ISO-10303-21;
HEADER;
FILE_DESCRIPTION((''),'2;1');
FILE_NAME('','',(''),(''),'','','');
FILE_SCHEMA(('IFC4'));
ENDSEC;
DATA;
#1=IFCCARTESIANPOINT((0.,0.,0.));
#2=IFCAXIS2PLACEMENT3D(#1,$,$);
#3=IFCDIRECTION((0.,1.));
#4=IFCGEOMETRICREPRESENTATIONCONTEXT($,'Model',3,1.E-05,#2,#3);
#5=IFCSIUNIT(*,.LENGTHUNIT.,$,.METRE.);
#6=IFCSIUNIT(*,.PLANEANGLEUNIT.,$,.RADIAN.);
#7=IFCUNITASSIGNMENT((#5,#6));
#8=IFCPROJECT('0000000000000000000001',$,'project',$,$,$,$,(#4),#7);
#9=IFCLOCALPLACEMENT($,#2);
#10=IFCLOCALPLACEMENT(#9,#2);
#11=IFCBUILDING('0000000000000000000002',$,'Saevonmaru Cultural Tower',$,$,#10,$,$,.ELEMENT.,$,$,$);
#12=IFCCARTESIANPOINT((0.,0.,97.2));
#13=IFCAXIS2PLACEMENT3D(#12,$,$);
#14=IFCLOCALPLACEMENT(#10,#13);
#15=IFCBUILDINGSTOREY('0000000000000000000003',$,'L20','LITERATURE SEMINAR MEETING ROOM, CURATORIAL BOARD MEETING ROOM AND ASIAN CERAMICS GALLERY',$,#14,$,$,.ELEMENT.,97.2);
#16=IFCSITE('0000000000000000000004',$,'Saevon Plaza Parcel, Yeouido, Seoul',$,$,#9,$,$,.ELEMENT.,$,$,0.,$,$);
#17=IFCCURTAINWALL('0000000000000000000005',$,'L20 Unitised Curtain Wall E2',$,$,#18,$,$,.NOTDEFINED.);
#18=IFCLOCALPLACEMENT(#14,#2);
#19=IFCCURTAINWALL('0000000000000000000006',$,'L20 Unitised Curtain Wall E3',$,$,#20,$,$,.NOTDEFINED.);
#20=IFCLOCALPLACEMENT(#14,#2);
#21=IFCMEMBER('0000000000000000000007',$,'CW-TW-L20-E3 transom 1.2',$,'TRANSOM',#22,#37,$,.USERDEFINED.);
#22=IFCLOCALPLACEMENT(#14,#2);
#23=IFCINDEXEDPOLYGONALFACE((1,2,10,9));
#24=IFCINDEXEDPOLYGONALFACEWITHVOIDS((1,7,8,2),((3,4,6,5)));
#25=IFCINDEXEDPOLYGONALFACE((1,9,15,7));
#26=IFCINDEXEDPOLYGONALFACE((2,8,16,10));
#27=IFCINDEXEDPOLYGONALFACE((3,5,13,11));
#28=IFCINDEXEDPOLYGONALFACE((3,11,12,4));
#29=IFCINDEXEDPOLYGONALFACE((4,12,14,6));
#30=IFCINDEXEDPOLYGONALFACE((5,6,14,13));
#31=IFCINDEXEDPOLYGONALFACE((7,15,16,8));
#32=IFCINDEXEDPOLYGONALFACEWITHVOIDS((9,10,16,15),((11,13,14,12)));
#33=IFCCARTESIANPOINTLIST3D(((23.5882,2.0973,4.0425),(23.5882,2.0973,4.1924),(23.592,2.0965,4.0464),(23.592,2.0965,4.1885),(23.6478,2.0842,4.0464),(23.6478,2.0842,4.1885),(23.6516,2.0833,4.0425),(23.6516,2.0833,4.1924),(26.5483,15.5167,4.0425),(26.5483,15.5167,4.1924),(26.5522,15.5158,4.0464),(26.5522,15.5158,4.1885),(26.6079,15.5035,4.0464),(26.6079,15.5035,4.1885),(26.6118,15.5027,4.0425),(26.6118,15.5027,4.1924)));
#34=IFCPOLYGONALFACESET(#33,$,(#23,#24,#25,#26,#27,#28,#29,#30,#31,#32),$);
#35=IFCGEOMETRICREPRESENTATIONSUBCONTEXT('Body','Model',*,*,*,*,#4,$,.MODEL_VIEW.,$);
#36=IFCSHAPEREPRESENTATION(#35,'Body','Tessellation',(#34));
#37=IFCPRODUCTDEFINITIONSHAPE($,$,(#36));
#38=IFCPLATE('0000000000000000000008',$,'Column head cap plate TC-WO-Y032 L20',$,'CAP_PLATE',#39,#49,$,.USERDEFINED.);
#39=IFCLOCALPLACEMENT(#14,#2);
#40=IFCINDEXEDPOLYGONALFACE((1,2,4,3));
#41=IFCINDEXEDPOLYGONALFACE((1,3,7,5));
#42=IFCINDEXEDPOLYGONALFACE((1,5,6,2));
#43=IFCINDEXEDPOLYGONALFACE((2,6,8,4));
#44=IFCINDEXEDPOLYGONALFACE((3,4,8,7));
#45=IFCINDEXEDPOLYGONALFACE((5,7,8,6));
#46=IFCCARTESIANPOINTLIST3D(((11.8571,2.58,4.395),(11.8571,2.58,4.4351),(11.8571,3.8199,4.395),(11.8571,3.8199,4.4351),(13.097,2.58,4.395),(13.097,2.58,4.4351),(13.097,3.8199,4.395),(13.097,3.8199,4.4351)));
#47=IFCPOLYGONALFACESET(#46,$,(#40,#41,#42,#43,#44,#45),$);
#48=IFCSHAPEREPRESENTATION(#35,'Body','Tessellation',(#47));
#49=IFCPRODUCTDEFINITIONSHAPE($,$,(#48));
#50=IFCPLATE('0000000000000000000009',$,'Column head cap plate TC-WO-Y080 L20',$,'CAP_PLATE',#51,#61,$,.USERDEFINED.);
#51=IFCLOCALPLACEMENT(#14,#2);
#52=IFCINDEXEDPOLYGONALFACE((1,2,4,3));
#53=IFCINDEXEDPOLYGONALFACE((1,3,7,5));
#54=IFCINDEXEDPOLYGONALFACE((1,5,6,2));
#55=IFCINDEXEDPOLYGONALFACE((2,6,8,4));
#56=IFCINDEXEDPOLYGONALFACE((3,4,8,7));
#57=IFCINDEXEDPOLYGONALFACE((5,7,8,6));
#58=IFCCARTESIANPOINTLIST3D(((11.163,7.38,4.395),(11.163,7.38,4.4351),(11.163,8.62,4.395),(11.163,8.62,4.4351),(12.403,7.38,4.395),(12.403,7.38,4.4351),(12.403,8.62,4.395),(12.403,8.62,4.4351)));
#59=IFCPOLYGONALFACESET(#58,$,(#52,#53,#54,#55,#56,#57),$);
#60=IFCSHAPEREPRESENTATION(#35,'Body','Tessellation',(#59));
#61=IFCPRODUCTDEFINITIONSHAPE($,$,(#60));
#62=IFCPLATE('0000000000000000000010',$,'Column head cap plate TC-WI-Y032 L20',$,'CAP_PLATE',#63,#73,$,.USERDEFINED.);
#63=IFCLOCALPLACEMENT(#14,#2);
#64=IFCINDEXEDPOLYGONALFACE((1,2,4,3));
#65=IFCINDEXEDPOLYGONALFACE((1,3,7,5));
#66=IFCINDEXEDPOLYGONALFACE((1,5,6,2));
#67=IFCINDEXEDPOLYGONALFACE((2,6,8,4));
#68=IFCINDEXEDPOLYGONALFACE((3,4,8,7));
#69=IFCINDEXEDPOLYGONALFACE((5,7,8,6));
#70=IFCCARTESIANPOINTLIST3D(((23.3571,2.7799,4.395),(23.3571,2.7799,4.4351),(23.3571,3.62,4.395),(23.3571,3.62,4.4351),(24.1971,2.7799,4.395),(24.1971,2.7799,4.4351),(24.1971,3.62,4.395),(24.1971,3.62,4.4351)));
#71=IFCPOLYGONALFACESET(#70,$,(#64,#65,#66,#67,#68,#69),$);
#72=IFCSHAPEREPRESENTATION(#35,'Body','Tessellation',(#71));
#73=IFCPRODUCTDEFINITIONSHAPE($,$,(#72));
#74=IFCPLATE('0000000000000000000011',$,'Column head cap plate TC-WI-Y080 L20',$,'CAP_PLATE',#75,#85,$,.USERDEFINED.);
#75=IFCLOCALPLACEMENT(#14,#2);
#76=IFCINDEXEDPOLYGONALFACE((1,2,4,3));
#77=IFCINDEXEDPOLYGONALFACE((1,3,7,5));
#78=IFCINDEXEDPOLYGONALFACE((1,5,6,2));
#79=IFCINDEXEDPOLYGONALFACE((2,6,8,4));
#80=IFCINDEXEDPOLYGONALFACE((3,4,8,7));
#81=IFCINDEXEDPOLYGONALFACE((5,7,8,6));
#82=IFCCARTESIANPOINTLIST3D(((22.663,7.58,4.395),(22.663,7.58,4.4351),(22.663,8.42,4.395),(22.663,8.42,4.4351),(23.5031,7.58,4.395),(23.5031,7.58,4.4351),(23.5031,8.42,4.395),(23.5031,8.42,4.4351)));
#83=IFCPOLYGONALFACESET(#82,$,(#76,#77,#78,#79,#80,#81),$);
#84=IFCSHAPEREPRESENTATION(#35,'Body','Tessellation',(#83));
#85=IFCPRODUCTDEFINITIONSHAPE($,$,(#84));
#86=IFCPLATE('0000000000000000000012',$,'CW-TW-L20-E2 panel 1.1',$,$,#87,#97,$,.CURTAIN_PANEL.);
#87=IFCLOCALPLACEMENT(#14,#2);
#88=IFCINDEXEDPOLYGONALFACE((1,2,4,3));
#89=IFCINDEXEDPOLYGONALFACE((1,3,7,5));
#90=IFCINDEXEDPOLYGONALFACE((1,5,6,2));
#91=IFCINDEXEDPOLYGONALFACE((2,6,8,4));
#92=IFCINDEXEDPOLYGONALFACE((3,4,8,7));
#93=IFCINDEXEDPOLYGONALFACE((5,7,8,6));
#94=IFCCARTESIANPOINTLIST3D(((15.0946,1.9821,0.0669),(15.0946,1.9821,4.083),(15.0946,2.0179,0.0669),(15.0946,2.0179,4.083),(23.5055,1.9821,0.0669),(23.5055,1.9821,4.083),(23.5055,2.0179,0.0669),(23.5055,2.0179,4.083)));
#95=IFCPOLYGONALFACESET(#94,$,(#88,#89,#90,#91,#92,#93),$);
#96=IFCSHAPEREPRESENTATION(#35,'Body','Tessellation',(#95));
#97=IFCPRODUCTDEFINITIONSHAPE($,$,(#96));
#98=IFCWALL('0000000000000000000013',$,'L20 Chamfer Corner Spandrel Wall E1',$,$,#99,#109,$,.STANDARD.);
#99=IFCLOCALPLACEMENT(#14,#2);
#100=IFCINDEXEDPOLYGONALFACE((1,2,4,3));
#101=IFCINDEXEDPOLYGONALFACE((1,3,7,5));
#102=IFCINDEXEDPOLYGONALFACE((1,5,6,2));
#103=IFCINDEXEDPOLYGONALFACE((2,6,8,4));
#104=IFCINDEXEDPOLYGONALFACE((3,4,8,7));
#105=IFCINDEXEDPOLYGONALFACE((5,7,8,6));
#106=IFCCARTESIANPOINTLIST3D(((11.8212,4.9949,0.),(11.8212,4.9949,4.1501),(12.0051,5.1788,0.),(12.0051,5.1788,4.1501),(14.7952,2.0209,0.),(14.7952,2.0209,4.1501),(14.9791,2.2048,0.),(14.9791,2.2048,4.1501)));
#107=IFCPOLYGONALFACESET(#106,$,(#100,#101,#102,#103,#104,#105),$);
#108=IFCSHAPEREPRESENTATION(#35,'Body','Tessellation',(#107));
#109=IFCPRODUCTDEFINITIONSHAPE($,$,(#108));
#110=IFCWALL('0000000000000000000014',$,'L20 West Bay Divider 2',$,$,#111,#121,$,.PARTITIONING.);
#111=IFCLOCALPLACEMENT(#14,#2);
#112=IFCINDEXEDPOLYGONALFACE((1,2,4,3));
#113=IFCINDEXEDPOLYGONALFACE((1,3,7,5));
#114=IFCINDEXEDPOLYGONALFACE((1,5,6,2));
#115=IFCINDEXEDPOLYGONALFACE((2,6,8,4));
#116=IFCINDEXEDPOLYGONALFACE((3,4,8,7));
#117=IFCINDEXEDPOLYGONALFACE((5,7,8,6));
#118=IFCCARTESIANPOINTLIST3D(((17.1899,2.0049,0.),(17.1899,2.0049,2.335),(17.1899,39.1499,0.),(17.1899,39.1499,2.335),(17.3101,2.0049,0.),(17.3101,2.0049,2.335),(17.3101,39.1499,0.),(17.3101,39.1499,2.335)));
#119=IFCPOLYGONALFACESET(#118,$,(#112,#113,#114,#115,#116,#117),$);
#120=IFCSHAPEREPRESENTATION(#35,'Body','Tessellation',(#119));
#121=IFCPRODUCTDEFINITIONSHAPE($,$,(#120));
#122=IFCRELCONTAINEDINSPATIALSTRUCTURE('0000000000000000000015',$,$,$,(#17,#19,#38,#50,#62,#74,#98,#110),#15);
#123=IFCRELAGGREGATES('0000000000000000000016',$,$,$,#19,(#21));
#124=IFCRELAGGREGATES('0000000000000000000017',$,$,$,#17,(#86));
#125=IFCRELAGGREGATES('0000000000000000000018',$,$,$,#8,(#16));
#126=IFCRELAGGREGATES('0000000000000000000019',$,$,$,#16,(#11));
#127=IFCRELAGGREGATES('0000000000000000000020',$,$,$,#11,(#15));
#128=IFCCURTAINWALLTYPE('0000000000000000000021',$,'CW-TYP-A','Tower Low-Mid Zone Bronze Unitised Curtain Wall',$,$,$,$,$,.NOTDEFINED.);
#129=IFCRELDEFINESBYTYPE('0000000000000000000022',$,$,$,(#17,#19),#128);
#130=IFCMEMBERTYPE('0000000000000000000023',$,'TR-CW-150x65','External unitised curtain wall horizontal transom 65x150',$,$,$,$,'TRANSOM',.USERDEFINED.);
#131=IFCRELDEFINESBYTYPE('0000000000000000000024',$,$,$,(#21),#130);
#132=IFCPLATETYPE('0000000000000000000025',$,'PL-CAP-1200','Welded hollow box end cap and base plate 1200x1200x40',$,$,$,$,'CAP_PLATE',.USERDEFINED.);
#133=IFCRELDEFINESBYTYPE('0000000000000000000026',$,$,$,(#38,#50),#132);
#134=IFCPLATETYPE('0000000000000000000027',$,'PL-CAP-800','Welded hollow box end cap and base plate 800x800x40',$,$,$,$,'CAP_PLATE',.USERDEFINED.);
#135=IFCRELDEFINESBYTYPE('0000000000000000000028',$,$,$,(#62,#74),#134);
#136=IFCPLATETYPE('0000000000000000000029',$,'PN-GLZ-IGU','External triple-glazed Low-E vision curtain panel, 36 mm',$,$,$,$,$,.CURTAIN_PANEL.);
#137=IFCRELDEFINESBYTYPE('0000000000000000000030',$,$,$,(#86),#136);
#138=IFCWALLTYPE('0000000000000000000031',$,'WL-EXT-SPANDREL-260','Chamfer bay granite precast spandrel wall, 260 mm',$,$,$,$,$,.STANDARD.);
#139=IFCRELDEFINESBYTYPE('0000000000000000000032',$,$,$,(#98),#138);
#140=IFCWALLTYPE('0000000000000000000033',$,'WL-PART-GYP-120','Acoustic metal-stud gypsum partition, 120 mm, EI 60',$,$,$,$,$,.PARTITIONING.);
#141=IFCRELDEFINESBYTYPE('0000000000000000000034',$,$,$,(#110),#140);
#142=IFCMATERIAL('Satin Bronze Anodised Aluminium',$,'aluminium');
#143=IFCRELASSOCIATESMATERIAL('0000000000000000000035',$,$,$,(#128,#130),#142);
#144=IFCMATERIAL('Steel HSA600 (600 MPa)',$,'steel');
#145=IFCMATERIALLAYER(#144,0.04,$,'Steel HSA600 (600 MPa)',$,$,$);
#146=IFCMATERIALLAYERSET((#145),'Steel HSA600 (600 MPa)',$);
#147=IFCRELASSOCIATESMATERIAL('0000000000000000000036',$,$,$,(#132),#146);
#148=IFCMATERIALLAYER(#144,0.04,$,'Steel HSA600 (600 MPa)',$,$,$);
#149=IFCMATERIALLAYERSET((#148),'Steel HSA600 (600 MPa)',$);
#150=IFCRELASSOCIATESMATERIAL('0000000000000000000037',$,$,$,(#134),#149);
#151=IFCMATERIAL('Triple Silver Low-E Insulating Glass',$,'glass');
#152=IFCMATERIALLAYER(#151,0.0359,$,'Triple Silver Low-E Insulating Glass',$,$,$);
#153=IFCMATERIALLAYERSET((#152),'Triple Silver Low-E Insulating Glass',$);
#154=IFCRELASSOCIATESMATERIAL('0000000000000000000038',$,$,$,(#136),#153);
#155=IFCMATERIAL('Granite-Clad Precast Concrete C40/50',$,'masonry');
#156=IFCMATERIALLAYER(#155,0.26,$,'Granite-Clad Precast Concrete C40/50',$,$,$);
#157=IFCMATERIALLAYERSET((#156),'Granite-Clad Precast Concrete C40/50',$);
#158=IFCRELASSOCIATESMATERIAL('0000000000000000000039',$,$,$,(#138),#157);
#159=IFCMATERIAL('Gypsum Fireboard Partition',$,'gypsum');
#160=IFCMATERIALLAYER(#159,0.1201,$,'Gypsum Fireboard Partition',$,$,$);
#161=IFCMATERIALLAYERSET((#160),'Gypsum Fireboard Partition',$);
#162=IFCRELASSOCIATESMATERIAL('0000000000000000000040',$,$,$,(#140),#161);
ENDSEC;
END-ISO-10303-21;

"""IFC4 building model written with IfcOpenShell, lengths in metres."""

from ifc_helpers import new_model, si_unit, direction, frame, frame_2d, origin, origin_2d, place, context, subcontext, project, spatial, rectangle, hollow_rectangle, extrude, material, layer, layer_set, material_profile, profile_set, type_object, element, aggregate, save


model = new_model("IFC4")

# Units and contexts
model_context = context("Model", 3, precision=1e-05, world=origin(), true_north=direction((0.0, 1.0)))
body_context = subcontext(model_context, "Body", "Model", "MODEL_VIEW")
ifc_project = project(units=[si_unit("LENGTHUNIT", "METRE"), si_unit("PLANEANGLEUNIT", "RADIAN")], contexts=[model_context])

# Site, building, storey
site_placement = place(None, origin())
site = spatial("IfcSite", under=ifc_project, at=site_placement, Name="Saevon Plaza Parcel, Yeouido, Seoul", CompositionType="ELEMENT", RefElevation=0.0)
building_placement = place(site_placement, origin())
building = spatial("IfcBuilding", under=site, at=building_placement, Name="Saevonmaru Cultural Tower", CompositionType="ELEMENT")
storey_placement = place(building_placement, frame((0.0, 0.0, 97.2)))
storey = spatial("IfcBuildingStorey", under=building, at=storey_placement, Name="L20", Description="LITERATURE SEMINAR MEETING ROOM, CURATORIAL BOARD MEETING ROOM AND ASIAN CERAMICS GALLERY", CompositionType="ELEMENT", Elevation=97.2)

# Shared definitions
ifc_material_1 = material(Name="Steel HSA600 (600 MPa)", Category="steel")

# Curtain wall
ifc_material_2 = material(Name="Satin Bronze Anodised Aluminium", Category="aluminium")
curtain_wall_type = type_object("IfcCurtainWallType", Name="CW-TYP-A", Description="Tower Low-Mid Zone Bronze Unitised Curtain Wall", PredefinedType="NOTDEFINED", material=ifc_material_2)
curtain_wall_1_placement = place(storey_placement, origin())
curtain_wall_1 = element("IfcCurtainWall", 1, at=curtain_wall_1_placement, inside=storey, type_object=curtain_wall_type, Name="L20 Unitised Curtain Wall E2", PredefinedType="NOTDEFINED")

# Curtain wall
curtain_wall_2_placement = place(storey_placement, origin())
curtain_wall_2 = element("IfcCurtainWall", 2, at=curtain_wall_2_placement, inside=storey, type_object=curtain_wall_type, Name="L20 Unitised Curtain Wall E3", PredefinedType="NOTDEFINED")

# Member
ifc_material_profile_1 = material_profile(ifc_material_2, hollow_rectangle(XDim=0.0649, YDim=0.1499, WallThickness=0.0039, at=origin_2d()), Name="ALU-TRAN-150x65x4")
ifc_profile_set_1 = profile_set([ifc_material_profile_1], Name="Satin Bronze Anodised Aluminium")
member_type_1 = type_object("IfcMemberType", Name="TR-CW-150x65", Description="External unitised curtain wall horizontal transom 65x150", ElementType="TRANSOM", PredefinedType="USERDEFINED", material=ifc_profile_set_1)
member_1_placement = place(storey_placement, frame((23.6199, 2.0903, 4.1174), z_axis=(0.215412, 0.976523, 0.0), x_axis=(-0.976523, 0.215412, 0.0)))
member_1 = element("IfcMember", 3, at=member_1_placement, type_object=member_type_1, Name="CW-TW-L20-E3 transom 1.2", ObjectType="TRANSOM", PredefinedType="USERDEFINED", context=body_context, shape_type="SweptSolid", body=[
    extrude(hollow_rectangle(XDim=0.0649, YDim=0.1499, WallThickness=0.0039, at=origin_2d()), origin(), (0.0, 0.0, 1.0), 13.7419),
])
aggregate(curtain_wall_2, [member_1])

# Plates
ifc_layer_1 = layer(ifc_material_1, 0.04, Name="Steel HSA600 (600 MPa)")
ifc_layer_set_1 = layer_set([ifc_layer_1], Name="Steel HSA600 (600 MPa)")
plate_type_1 = type_object("IfcPlateType", Name="PL-CAP-1200", Description="Welded hollow box end cap and base plate 1200x1200x40", ElementType="CAP_PLATE", PredefinedType="USERDEFINED", material=ifc_layer_set_1)
for number, where, z_axis, x_axis, name in (
    (4, (12.4771, 3.2, 4.395), (0.0, 0.0, 1.0), (1.0, 0.0, 0.0), "Column head cap plate TC-WO-Y032 L20"),
    (5, (11.783, 8.0, 4.395), (0.0, 0.0, 1.0), (1.0, 0.0, 0.0), "Column head cap plate TC-WO-Y080 L20"),
):
    element("IfcPlate", number, at=place(storey_placement, frame(where, z_axis=z_axis, x_axis=x_axis)), inside=storey, type_object=plate_type_1, Name=name, ObjectType="CAP_PLATE", PredefinedType="USERDEFINED", context=body_context, shape_type="SweptSolid", body=[
        extrude(rectangle(XDim=1.24, YDim=1.24, at=origin_2d()), origin(), (0.0, 0.0, 1.0), 0.04),
    ])
ifc_layer_2 = layer(ifc_material_1, 0.04, Name="Steel HSA600 (600 MPa)")
ifc_layer_set_2 = layer_set([ifc_layer_2], Name="Steel HSA600 (600 MPa)")
plate_type_2 = type_object("IfcPlateType", Name="PL-CAP-800", Description="Welded hollow box end cap and base plate 800x800x40", ElementType="CAP_PLATE", PredefinedType="USERDEFINED", material=ifc_layer_set_2)
for number, where, z_axis, x_axis, name in (
    (6, (23.7771, 3.2, 4.395), (0.0, 0.0, 1.0), (1.0, 0.0, 0.0), "Column head cap plate TC-WI-Y032 L20"),
    (7, (23.083, 8.0, 4.395), (0.0, 0.0, 1.0), (1.0, 0.0, 0.0), "Column head cap plate TC-WI-Y080 L20"),
):
    element("IfcPlate", number, at=place(storey_placement, frame(where, z_axis=z_axis, x_axis=x_axis)), inside=storey, type_object=plate_type_2, Name=name, ObjectType="CAP_PLATE", PredefinedType="USERDEFINED", context=body_context, shape_type="SweptSolid", body=[
        extrude(rectangle(XDim=0.8401, YDim=0.8401, at=origin_2d()), origin(), (0.0, 0.0, 1.0), 0.04),
    ])

# Plate
ifc_material_3 = material(Name="Triple Silver Low-E Insulating Glass", Category="glass")
ifc_layer_3 = layer(ifc_material_3, 0.0359, Name="Triple Silver Low-E Insulating Glass")
ifc_layer_set_3 = layer_set([ifc_layer_3], Name="Triple Silver Low-E Insulating Glass")
plate_type_3 = type_object("IfcPlateType", Name="PN-GLZ-IGU", Description="External triple-glazed Low-E vision curtain panel, 36 mm", PredefinedType="CURTAIN_PANEL", material=ifc_layer_set_3)
plate_placement = place(storey_placement, frame((19.3, 2.0, 0.0669), z_axis=(0.0, 0.0, 1.0), x_axis=(1.0, 0.0, 0.0)))
plate = element("IfcPlate", 8, at=plate_placement, type_object=plate_type_3, Name="CW-TW-L20-E2 panel 1.1", PredefinedType="CURTAIN_PANEL", context=body_context, shape_type="SweptSolid", body=[
    extrude(rectangle(XDim=8.4109, YDim=0.0359, at=origin_2d()), origin(), (0.0, 0.0, 1.0), 4.0161),
])
aggregate(curtain_wall_1, [plate])

# Walls
ifc_material_4 = material(Name="Granite-Clad Precast Concrete C40/50", Category="masonry")
ifc_layer_4 = layer(ifc_material_4, 0.26, Name="Granite-Clad Precast Concrete C40/50")
ifc_layer_set_4 = layer_set([ifc_layer_4], Name="Granite-Clad Precast Concrete C40/50")
wall_type_1 = type_object("IfcWallType", Name="WL-EXT-SPANDREL-260", Description="Chamfer bay granite precast spandrel wall, 260 mm", PredefinedType="STANDARD", material=ifc_layer_set_4)
wall_1_placement = place(storey_placement, frame((11.9131, 5.0869, 0.0), z_axis=(0.0, 0.0, 1.0), x_axis=(0.707107, -0.707107, 0.0)))
element("IfcWall", 9, at=wall_1_placement, inside=storey, type_object=wall_type_1, Name="L20 Chamfer Corner Spandrel Wall E1", PredefinedType="STANDARD", context=body_context, shape_type="SweptSolid", body=[
    extrude(rectangle(XDim=4.2058, YDim=0.26, at=frame_2d((2.103, 0.0))), origin(), (0.0, 0.0, 1.0), 4.1501),
])
ifc_material_5 = material(Name="Gypsum Fireboard Partition", Category="gypsum")
ifc_layer_5 = layer(ifc_material_5, 0.1201, Name="Gypsum Fireboard Partition")
ifc_layer_set_5 = layer_set([ifc_layer_5], Name="Gypsum Fireboard Partition")
wall_type_2 = type_object("IfcWallType", Name="WL-PART-GYP-120", Description="Acoustic metal-stud gypsum partition, 120 mm, EI 60", PredefinedType="PARTITIONING", material=ifc_layer_set_5)
wall_2_placement = place(storey_placement, frame((17.25, 2.0049, 0.0), z_axis=(0.0, 0.0, 1.0), x_axis=(0.0, 1.0, 0.0)))
element("IfcWall", 10, at=wall_2_placement, inside=storey, type_object=wall_type_2, Name="L20 West Bay Divider 2", PredefinedType="PARTITIONING", context=body_context, shape_type="SweptSolid", body=[
    extrude(rectangle(XDim=37.145, YDim=0.1201, at=frame_2d((18.5725, 0.0))), origin(), (0.0, 0.0, 1.0), 2.335),
])

save(model, "model.ifc")
